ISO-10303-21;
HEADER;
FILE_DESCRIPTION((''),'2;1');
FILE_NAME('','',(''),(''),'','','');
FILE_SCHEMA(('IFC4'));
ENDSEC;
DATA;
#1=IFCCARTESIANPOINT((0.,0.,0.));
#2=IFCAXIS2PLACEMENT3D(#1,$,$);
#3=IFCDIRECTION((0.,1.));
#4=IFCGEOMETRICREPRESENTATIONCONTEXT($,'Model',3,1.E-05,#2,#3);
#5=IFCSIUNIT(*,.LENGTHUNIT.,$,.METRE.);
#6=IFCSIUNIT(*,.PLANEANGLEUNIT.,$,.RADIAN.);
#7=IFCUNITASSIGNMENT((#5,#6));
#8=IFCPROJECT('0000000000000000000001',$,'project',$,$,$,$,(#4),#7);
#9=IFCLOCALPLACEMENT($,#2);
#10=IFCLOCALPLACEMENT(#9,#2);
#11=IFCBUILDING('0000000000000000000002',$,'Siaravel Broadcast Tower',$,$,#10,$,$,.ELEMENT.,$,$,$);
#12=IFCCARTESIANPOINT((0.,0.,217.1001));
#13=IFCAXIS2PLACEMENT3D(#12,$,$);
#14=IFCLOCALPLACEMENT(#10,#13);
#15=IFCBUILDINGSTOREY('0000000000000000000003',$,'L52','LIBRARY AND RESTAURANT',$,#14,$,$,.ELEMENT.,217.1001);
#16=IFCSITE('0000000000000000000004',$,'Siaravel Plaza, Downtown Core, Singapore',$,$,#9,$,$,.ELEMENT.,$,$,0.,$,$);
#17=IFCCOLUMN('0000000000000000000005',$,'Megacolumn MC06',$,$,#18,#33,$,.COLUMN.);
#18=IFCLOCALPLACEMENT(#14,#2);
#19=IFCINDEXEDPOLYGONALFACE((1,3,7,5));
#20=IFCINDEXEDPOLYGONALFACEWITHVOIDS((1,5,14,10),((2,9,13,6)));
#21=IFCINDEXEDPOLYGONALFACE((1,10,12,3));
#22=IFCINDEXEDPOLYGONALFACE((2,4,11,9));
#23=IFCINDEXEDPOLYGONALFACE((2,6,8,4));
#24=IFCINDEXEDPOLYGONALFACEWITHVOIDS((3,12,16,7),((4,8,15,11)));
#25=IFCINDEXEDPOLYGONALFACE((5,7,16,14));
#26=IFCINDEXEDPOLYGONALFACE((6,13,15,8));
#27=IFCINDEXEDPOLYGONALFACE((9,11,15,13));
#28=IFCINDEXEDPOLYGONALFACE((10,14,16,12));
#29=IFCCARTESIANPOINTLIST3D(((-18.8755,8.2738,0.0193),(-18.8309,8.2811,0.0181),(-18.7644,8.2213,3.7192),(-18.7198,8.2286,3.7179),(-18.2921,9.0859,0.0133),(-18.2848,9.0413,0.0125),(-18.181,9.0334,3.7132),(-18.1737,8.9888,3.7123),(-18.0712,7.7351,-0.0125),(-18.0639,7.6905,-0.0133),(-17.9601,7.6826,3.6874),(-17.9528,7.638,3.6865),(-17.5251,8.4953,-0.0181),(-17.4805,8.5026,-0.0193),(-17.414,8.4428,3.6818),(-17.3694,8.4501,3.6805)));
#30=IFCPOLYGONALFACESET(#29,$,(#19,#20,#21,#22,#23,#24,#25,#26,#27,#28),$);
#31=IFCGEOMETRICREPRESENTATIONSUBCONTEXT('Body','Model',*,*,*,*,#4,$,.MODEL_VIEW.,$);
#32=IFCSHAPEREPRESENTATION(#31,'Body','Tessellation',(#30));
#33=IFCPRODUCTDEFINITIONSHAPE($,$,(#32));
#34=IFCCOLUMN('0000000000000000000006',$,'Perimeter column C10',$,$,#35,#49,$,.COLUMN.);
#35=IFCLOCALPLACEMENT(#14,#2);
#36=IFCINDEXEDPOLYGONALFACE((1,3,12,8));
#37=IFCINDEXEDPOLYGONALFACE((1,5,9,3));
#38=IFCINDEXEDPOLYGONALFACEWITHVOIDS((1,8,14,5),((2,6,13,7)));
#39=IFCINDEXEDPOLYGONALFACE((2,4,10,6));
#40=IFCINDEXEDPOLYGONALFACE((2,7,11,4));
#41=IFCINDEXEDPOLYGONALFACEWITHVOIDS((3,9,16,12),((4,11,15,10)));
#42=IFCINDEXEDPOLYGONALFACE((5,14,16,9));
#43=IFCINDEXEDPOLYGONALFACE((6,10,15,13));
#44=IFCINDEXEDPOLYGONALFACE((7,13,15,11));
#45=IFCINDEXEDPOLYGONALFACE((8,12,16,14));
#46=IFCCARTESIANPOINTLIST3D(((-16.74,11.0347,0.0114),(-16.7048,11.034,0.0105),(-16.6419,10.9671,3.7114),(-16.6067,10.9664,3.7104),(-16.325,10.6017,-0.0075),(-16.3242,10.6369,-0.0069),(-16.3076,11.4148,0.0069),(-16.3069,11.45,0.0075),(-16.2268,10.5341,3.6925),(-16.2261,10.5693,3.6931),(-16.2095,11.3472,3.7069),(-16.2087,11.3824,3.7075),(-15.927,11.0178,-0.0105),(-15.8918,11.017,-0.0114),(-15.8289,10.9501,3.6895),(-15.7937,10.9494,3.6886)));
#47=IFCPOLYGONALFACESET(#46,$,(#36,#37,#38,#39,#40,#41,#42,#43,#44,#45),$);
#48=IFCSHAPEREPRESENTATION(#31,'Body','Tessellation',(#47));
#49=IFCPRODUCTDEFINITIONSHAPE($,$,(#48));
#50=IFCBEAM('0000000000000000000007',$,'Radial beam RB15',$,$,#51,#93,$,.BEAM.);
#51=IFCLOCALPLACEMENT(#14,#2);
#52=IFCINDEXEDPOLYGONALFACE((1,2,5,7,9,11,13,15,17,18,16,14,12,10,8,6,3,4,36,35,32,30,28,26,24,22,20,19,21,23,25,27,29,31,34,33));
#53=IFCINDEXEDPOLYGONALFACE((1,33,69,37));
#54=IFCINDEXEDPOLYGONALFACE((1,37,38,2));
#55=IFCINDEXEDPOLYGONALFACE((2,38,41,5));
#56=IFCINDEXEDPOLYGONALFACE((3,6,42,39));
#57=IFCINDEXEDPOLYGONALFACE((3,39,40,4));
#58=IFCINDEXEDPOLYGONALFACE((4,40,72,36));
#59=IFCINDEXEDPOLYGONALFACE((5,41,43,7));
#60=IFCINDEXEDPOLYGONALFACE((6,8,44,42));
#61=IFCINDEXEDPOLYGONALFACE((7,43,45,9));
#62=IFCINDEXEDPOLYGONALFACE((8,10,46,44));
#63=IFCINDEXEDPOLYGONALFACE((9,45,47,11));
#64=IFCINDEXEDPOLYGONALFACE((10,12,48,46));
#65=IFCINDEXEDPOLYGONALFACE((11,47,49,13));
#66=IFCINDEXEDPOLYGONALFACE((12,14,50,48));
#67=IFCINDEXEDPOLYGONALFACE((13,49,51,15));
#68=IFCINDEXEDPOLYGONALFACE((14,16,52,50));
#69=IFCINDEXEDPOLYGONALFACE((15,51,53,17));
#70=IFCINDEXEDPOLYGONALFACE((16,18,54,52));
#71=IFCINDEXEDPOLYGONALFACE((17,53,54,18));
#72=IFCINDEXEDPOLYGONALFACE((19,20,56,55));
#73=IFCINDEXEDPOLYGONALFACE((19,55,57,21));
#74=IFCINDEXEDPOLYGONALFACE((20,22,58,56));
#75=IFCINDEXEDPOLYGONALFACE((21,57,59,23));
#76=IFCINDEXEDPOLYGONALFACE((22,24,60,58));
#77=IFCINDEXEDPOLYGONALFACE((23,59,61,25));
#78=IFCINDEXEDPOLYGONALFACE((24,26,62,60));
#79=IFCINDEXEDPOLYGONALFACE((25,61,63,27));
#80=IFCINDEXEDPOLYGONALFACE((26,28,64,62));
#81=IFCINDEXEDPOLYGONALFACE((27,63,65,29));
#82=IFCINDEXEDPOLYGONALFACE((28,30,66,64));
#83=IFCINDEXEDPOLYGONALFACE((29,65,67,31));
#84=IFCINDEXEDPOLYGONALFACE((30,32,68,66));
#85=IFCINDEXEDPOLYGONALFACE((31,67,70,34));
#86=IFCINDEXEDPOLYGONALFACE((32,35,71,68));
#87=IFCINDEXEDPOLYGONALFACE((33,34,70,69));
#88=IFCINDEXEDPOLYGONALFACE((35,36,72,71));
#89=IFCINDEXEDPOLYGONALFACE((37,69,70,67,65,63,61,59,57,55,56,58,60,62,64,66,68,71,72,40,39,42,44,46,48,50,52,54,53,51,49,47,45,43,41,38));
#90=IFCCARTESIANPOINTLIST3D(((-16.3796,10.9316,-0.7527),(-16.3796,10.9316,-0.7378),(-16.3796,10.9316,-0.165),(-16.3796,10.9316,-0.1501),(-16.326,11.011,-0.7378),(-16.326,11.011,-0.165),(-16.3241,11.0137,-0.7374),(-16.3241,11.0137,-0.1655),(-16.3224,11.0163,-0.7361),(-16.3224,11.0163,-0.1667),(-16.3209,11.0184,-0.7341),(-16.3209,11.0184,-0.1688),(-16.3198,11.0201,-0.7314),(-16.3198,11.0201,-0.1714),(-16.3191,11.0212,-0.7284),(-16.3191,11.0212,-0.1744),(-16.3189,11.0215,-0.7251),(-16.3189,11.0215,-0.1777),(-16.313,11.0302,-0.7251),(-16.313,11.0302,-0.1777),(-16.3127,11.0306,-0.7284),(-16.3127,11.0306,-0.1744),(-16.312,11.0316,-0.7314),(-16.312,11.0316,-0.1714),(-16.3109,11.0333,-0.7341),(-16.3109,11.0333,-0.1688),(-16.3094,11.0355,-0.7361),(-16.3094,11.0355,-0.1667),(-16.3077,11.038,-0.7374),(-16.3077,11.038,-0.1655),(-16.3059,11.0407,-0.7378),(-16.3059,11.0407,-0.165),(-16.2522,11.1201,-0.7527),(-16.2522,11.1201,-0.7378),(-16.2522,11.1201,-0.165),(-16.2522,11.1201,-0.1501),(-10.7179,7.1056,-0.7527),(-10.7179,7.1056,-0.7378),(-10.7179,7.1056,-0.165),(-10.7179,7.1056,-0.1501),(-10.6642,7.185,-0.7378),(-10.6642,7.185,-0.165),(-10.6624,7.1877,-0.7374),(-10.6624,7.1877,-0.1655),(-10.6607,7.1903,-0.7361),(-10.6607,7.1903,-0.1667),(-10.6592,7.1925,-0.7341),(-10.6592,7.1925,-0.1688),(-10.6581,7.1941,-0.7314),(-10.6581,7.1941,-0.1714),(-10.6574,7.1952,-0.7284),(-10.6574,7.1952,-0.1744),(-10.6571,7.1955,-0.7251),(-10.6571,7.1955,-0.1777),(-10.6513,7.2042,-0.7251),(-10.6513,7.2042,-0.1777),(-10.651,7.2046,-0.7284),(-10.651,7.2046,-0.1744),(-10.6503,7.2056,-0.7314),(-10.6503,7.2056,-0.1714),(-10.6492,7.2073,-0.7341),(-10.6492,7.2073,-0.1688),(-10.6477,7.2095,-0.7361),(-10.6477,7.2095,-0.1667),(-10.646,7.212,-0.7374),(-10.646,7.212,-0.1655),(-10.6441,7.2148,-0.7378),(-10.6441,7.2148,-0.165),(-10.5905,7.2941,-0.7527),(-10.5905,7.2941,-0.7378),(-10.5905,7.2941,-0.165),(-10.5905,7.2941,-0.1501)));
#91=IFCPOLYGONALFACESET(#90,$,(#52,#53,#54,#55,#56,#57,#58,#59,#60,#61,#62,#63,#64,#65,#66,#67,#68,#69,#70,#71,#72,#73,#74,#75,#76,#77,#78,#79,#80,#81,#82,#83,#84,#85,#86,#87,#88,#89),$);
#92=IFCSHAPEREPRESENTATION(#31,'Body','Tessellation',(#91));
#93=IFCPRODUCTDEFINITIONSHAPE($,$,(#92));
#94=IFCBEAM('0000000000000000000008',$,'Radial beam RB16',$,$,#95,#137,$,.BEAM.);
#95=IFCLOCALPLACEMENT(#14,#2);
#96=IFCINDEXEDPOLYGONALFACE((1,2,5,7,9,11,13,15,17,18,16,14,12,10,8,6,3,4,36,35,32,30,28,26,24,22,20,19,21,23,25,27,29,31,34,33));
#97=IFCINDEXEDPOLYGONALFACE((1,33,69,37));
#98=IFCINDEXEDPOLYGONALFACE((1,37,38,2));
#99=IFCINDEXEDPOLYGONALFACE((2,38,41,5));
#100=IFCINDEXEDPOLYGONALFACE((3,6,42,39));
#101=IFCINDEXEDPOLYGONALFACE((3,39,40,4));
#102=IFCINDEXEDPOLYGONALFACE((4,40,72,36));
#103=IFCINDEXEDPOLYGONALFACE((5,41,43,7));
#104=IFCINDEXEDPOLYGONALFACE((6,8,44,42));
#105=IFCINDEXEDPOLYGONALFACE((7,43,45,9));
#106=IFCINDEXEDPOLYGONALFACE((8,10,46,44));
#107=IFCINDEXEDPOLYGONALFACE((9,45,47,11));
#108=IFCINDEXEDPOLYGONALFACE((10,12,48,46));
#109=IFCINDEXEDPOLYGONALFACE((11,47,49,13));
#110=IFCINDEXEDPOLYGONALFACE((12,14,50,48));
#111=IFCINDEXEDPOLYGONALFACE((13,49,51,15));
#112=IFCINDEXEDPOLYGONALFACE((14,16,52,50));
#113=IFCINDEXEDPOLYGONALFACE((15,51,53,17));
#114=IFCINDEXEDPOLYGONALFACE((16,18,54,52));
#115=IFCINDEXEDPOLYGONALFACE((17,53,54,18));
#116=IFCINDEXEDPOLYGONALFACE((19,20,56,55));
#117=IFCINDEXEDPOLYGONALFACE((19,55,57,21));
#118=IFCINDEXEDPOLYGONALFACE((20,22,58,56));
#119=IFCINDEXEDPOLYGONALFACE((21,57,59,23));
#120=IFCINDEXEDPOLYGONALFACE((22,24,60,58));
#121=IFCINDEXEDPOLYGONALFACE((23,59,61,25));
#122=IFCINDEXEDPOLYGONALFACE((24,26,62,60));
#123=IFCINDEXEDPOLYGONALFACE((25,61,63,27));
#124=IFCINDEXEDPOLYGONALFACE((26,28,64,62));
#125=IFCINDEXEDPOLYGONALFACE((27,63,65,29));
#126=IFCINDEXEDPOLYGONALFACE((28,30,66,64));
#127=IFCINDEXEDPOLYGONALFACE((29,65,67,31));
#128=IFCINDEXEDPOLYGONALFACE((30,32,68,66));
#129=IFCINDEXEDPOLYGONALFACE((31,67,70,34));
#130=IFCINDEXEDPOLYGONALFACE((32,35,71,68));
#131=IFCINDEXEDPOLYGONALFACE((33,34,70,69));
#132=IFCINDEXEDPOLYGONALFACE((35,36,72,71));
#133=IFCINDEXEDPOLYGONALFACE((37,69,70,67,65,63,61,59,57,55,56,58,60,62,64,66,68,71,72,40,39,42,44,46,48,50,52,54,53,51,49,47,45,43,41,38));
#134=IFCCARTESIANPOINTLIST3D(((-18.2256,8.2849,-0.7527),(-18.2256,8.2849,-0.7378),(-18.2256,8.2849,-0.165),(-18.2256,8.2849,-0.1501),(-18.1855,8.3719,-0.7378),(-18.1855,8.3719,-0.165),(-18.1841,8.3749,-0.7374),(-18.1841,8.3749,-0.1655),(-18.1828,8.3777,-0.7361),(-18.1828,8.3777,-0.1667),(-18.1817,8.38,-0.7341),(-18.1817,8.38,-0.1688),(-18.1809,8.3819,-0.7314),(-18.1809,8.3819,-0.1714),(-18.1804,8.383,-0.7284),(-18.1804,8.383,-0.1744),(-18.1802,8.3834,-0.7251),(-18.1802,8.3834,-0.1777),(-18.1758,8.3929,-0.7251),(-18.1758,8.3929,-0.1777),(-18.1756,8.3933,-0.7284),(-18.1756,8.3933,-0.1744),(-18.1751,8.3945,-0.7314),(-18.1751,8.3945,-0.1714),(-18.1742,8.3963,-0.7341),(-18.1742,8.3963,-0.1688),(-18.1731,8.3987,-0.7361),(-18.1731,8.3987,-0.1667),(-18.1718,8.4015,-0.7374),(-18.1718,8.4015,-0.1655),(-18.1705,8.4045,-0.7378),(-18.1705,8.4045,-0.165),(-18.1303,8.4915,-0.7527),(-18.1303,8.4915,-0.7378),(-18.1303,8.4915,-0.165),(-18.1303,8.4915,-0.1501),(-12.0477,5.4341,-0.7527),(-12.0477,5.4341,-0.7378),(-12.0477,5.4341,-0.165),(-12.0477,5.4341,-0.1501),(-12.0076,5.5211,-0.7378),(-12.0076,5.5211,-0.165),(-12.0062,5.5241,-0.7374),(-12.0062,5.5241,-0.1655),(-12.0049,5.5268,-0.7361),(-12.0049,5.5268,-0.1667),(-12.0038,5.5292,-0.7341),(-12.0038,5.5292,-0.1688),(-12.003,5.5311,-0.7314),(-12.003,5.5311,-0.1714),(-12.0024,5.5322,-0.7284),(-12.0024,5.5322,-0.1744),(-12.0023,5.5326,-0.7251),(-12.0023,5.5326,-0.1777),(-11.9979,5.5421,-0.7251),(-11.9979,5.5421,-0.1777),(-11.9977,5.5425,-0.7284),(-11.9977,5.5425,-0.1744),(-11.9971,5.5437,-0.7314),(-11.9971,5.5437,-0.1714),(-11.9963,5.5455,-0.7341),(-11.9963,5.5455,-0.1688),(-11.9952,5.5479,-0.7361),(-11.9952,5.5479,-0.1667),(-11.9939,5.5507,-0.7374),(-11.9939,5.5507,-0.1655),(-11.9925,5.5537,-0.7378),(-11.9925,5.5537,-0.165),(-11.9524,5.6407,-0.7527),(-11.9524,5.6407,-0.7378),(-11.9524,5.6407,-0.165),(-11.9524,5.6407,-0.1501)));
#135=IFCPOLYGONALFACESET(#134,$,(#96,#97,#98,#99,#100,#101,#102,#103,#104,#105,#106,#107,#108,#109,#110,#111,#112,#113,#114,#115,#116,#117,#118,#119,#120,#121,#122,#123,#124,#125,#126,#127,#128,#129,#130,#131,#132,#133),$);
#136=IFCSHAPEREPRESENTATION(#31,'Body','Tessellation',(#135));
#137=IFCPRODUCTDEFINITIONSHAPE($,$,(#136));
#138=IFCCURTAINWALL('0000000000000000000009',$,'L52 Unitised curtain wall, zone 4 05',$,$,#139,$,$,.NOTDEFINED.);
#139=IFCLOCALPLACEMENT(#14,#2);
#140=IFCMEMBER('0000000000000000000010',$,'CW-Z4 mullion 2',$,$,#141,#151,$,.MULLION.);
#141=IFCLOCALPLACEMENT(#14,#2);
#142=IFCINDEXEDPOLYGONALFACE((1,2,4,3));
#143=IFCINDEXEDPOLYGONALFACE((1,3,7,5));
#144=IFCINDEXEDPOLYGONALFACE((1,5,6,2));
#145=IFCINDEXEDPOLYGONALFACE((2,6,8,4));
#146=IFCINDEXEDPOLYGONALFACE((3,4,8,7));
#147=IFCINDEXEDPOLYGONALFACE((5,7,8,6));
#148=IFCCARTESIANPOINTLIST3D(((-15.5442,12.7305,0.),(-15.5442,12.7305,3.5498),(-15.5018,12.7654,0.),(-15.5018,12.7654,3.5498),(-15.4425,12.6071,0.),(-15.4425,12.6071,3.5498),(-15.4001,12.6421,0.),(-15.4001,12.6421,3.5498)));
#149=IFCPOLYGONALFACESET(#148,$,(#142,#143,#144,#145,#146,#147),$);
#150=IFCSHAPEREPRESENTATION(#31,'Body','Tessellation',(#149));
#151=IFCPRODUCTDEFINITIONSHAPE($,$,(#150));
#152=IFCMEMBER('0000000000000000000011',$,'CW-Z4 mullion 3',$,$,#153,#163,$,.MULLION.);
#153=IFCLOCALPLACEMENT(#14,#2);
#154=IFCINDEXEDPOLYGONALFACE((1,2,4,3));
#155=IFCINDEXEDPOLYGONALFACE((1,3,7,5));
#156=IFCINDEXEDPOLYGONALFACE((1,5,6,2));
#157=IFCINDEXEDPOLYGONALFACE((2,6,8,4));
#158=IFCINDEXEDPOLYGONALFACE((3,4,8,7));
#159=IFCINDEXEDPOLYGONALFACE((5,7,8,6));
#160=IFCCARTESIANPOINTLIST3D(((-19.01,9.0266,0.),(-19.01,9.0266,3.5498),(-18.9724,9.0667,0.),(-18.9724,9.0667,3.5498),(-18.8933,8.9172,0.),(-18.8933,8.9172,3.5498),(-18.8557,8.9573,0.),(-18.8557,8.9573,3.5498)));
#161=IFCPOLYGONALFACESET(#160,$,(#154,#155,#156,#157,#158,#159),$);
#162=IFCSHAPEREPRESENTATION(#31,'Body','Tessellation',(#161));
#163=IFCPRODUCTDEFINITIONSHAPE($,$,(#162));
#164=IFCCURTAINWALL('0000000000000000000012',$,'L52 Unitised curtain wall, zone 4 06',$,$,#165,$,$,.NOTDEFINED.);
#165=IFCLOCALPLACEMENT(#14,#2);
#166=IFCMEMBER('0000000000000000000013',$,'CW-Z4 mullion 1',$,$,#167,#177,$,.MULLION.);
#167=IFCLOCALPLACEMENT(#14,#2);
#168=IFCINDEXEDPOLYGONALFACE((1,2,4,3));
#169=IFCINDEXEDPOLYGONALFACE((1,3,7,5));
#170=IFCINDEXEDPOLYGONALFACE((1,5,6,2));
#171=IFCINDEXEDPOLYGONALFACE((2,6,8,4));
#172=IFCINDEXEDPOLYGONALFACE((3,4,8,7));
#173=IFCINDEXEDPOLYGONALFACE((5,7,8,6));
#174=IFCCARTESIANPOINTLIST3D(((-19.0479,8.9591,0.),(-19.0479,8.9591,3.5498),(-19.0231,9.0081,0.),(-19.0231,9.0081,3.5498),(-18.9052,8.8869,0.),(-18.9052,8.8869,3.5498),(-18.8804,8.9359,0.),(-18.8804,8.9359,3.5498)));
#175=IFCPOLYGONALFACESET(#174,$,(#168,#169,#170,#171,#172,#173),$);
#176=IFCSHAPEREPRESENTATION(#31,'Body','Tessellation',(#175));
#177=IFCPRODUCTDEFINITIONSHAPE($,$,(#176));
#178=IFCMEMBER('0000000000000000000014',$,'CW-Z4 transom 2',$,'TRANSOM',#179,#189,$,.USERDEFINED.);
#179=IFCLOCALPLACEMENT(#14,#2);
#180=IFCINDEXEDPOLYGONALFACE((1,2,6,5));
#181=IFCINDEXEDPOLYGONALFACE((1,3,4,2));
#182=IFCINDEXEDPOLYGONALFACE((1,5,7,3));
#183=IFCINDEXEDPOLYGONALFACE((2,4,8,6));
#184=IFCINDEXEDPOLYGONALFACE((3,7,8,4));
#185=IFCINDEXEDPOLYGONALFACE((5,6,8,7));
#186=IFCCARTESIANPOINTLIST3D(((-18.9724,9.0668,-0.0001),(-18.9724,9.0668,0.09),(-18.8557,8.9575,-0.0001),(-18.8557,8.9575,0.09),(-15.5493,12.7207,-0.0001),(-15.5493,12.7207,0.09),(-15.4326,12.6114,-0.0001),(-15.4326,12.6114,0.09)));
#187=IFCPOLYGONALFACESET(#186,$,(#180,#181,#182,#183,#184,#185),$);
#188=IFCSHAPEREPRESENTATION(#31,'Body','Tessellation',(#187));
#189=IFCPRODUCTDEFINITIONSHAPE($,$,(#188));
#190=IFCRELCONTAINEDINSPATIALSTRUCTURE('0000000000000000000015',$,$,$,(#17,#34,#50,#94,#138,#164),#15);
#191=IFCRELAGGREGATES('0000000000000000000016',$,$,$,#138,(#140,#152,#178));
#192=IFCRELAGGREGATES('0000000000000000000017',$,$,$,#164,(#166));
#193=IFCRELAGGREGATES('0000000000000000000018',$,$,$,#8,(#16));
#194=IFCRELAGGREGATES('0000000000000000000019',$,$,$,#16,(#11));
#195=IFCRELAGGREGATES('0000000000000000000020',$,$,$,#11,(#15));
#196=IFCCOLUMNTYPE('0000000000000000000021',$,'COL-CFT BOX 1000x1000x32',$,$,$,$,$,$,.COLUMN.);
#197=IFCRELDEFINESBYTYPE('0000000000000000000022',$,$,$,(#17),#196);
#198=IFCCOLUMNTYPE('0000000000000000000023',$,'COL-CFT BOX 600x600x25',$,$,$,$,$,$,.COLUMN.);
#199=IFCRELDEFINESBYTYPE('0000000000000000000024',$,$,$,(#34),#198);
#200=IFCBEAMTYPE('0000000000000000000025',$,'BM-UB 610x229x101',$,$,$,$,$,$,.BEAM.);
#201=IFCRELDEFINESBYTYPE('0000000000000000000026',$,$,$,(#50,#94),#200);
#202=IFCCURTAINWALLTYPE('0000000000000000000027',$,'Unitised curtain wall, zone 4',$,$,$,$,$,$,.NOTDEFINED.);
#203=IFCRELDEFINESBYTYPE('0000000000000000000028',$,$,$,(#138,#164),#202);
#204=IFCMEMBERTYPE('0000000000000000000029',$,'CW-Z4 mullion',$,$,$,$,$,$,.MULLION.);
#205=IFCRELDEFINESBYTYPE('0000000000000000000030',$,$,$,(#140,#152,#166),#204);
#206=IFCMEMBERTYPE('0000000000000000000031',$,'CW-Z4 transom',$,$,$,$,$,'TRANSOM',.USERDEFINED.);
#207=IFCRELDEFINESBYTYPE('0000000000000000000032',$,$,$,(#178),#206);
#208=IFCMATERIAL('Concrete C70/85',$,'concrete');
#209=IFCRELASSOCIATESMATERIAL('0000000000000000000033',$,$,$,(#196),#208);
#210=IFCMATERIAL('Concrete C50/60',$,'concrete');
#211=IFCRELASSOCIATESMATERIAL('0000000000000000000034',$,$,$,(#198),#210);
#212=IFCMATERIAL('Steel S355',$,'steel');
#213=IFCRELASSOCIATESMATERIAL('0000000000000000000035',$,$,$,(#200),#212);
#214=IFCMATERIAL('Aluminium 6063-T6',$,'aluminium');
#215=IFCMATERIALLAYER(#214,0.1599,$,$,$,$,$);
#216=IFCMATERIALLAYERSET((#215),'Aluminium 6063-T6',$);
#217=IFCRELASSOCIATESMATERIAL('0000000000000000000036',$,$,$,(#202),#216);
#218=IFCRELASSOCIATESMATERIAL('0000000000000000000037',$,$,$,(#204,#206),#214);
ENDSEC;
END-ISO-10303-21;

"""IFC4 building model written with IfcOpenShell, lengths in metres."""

from ifc_helpers import new_model, si_unit, direction, frame, origin, origin_2d, place, context, subcontext, project, spatial, rectangle, hollow_rectangle, i_section, extrude, material, layer, layer_set, material_profile, profile_set, type_object, element, aggregate, save


model = new_model("IFC4")

# Units and contexts
model_context = context("Model", 3, precision=1e-05, world=origin(), true_north=direction((0.0, 1.0)))
body_context = subcontext(model_context, "Body", "Model", "MODEL_VIEW")
ifc_project = project(units=[si_unit("LENGTHUNIT", "METRE"), si_unit("PLANEANGLEUNIT", "RADIAN")], contexts=[model_context])

# Site, building, storey
site_placement = place(None, origin())
site = spatial("IfcSite", under=ifc_project, at=site_placement, Name="Siaravel Plaza, Downtown Core, Singapore", CompositionType="ELEMENT", RefElevation=0.0)
building_placement = place(site_placement, origin())
building = spatial("IfcBuilding", under=site, at=building_placement, Name="Siaravel Broadcast Tower", CompositionType="ELEMENT")
storey_placement = place(building_placement, frame((0.0, 0.0, 217.1001)))
storey = spatial("IfcBuildingStorey", under=building, at=storey_placement, Name="L52", Description="LIBRARY AND RESTAURANT", CompositionType="ELEMENT", Elevation=217.1001)

# Columns
ifc_material_1 = material(Name="Concrete C70/85", Category="concrete")
ifc_material_profile_1 = material_profile(ifc_material_1, hollow_rectangle(XDim=1.0, YDim=1.0, WallThickness=0.032, at=origin_2d()))
ifc_profile_set_1 = profile_set([ifc_material_profile_1], Name="Concrete C70/85")
column_type_1 = type_object("IfcColumnType", Name="COL-CFT BOX 1000x1000x32", PredefinedType="COLUMN", material=ifc_profile_set_1)
column_1_placement = place(storey_placement, frame((-18.178, 8.3882, 0.0), z_axis=(0.030007, -0.014179, 0.999449), x_axis=(0.583437, 0.812136, -0.005995)))
element("IfcColumn", 1, at=column_1_placement, inside=storey, type_object=column_type_1, Name="Megacolumn MC06", PredefinedType="COLUMN", context=body_context, shape_type="SweptSolid", body=[
    extrude(hollow_rectangle(XDim=1.0, YDim=1.0, WallThickness=0.032, at=origin_2d()), origin(), (0.0, 0.0, 1.0), 3.7019),
])
ifc_material_2 = material(Name="Concrete C50/60", Category="concrete")
ifc_material_profile_2 = material_profile(ifc_material_2, hollow_rectangle(XDim=0.6001, YDim=0.6001, WallThickness=0.0249, at=origin_2d()))
ifc_profile_set_2 = profile_set([ifc_material_profile_2], Name="Concrete C50/60")
column_type_2 = type_object("IfcColumnType", Name="COL-CFT BOX 600x600x25", PredefinedType="COLUMN", material=ifc_profile_set_2)
column_2_placement = place(storey_placement, frame((-16.3159, 11.0259, 0.0), z_axis=(0.026512, -0.018268, 0.999482), x_axis=(0.721794, 0.692077, -0.006497)))
element("IfcColumn", 2, at=column_2_placement, inside=storey, type_object=column_type_2, Name="Perimeter column C10", PredefinedType="COLUMN", context=body_context, shape_type="SweptSolid", body=[
    extrude(hollow_rectangle(XDim=0.6001, YDim=0.6001, WallThickness=0.0249, at=origin_2d()), origin(), (0.0, 0.0, 1.0), 3.7019),
])

# Beams
ifc_material_3 = material(Name="Steel S355", Category="steel")
ifc_material_profile_3 = material_profile(ifc_material_3, i_section(OverallWidth=0.2275, OverallDepth=0.6025, WebThickness=0.0105, FlangeThickness=0.0149, FilletRadius=0.0127, at=origin_2d()))
ifc_profile_set_3 = profile_set([ifc_material_profile_3], Name="Steel S355")
beam_type = type_object("IfcBeamType", Name="BM-UB 610x229x101", PredefinedType="BEAM", material=ifc_profile_set_3)
beam_1_placement = place(storey_placement, frame((-16.3159, 11.0259, -0.4514), z_axis=(0.828554, -0.559908, 0.0), x_axis=(0.559908, 0.828554, 0.0)))
element("IfcBeam", 3, at=beam_1_placement, inside=storey, type_object=beam_type, Name="Radial beam RB15", PredefinedType="BEAM", context=body_context, shape_type="SweptSolid", body=[
    extrude(i_section(OverallWidth=0.2275, OverallDepth=0.6025, WebThickness=0.0105, FlangeThickness=0.0149, FilletRadius=0.0127, at=origin_2d()), origin(), (0.0, 0.0, 1.0), 6.8333),
])
beam_2_placement = place(storey_placement, frame((-18.178, 8.3882, -0.4514), z_axis=(0.90799, -0.418992, 0.0), x_axis=(0.418992, 0.90799, 0.0)))
element("IfcBeam", 4, at=beam_2_placement, inside=storey, type_object=beam_type, Name="Radial beam RB16", PredefinedType="BEAM", context=body_context, shape_type="SweptSolid", body=[
    extrude(i_section(OverallWidth=0.2275, OverallDepth=0.6025, WebThickness=0.0105, FlangeThickness=0.0149, FilletRadius=0.0127, at=origin_2d()), origin(), (0.0, 0.0, 1.0), 6.804),
])

# Curtain wall, members
ifc_material_4 = material(Name="Aluminium 6063-T6", Category="aluminium")
ifc_layer_1 = layer(ifc_material_4, 0.1599)
ifc_layer_set_1 = layer_set([ifc_layer_1], Name="Aluminium 6063-T6")
curtain_wall_type = type_object("IfcCurtainWallType", Name="Unitised curtain wall, zone 4", PredefinedType="NOTDEFINED", material=ifc_layer_set_1)
curtain_wall_1_placement = place(storey_placement, origin())
curtain_wall_1 = element("IfcCurtainWall", 5, at=curtain_wall_1_placement, inside=storey, type_object=curtain_wall_type, Name="L52 Unitised curtain wall, zone 4 05", PredefinedType="NOTDEFINED")
ifc_material_profile_4 = material_profile(ifc_material_4, rectangle(XDim=0.1599, YDim=0.0549, at=origin_2d()))
ifc_profile_set_4 = profile_set([ifc_material_profile_4], Name="Aluminium 6063-T6")
member_type_1 = type_object("IfcMemberType", Name="CW-Z4 mullion", PredefinedType="MULLION", material=ifc_profile_set_4)
member_1_placement = place(storey_placement, frame((-15.4722, 12.6863, 0.0), z_axis=(0.0, 0.0, 1.0), x_axis=(0.63622, -0.771508, 0.0)))
member_1 = element("IfcMember", 6, at=member_1_placement, type_object=member_type_1, Name="CW-Z4 mullion 2", PredefinedType="MULLION", context=body_context, shape_type="SweptSolid", body=[
    extrude(rectangle(XDim=0.1599, YDim=0.0549, at=origin_2d()), origin(), (0.0, 0.0, 1.0), 3.5498),
])
member_2_placement = place(storey_placement, frame((-18.9329, 8.9919, 0.0), z_axis=(0.0, 0.0, 1.0), x_axis=(0.729806, -0.683654, 0.0)))
member_2 = element("IfcMember", 7, at=member_2_placement, type_object=member_type_1, Name="CW-Z4 mullion 3", PredefinedType="MULLION", context=body_context, shape_type="SweptSolid", body=[
    extrude(rectangle(XDim=0.1599, YDim=0.0549, at=origin_2d()), origin(), (0.0, 0.0, 1.0), 3.5498),
])

# Curtain wall, member
curtain_wall_2_placement = place(storey_placement, origin())
curtain_wall_2 = element("IfcCurtainWall", 8, at=curtain_wall_2_placement, inside=storey, type_object=curtain_wall_type, Name="L52 Unitised curtain wall, zone 4 06", PredefinedType="NOTDEFINED")
member_3_placement = place(storey_placement, frame((-18.9641, 8.9475, 0.0), z_axis=(0.0, 0.0, 1.0), x_axis=(0.892393, -0.45126, 0.0)))
member_3 = element("IfcMember", 9, at=member_3_placement, type_object=member_type_1, Name="CW-Z4 mullion 1", PredefinedType="MULLION", context=body_context, shape_type="SweptSolid", body=[
    extrude(rectangle(XDim=0.1599, YDim=0.0549, at=origin_2d()), origin(), (0.0, 0.0, 1.0), 3.5498),
])

# Member
ifc_material_profile_5 = material_profile(ifc_material_4, rectangle(XDim=0.1599, YDim=0.0901, at=origin_2d()))
ifc_profile_set_5 = profile_set([ifc_material_profile_5], Name="Aluminium 6063-T6")
member_type_2 = type_object("IfcMemberType", Name="CW-Z4 transom", ElementType="TRANSOM", PredefinedType="USERDEFINED", material=ifc_profile_set_5)
member_4_placement = place(storey_placement, frame((-15.491, 12.666, 0.0449), z_axis=(-0.683691, -0.729771, 0.0), x_axis=(0.729771, -0.683691, 0.0)))
member_4 = element("IfcMember", 10, at=member_4_placement, type_object=member_type_2, Name="CW-Z4 transom 2", ObjectType="TRANSOM", PredefinedType="USERDEFINED", context=body_context, shape_type="SweptSolid", body=[
    extrude(rectangle(XDim=0.1599, YDim=0.0901, at=origin_2d()), origin(), (0.0, 0.0, 1.0), 5.0068),
])

aggregate(curtain_wall_1, [member_1, member_2, member_4])
aggregate(curtain_wall_2, [member_3])

save(model, "model.ifc")
